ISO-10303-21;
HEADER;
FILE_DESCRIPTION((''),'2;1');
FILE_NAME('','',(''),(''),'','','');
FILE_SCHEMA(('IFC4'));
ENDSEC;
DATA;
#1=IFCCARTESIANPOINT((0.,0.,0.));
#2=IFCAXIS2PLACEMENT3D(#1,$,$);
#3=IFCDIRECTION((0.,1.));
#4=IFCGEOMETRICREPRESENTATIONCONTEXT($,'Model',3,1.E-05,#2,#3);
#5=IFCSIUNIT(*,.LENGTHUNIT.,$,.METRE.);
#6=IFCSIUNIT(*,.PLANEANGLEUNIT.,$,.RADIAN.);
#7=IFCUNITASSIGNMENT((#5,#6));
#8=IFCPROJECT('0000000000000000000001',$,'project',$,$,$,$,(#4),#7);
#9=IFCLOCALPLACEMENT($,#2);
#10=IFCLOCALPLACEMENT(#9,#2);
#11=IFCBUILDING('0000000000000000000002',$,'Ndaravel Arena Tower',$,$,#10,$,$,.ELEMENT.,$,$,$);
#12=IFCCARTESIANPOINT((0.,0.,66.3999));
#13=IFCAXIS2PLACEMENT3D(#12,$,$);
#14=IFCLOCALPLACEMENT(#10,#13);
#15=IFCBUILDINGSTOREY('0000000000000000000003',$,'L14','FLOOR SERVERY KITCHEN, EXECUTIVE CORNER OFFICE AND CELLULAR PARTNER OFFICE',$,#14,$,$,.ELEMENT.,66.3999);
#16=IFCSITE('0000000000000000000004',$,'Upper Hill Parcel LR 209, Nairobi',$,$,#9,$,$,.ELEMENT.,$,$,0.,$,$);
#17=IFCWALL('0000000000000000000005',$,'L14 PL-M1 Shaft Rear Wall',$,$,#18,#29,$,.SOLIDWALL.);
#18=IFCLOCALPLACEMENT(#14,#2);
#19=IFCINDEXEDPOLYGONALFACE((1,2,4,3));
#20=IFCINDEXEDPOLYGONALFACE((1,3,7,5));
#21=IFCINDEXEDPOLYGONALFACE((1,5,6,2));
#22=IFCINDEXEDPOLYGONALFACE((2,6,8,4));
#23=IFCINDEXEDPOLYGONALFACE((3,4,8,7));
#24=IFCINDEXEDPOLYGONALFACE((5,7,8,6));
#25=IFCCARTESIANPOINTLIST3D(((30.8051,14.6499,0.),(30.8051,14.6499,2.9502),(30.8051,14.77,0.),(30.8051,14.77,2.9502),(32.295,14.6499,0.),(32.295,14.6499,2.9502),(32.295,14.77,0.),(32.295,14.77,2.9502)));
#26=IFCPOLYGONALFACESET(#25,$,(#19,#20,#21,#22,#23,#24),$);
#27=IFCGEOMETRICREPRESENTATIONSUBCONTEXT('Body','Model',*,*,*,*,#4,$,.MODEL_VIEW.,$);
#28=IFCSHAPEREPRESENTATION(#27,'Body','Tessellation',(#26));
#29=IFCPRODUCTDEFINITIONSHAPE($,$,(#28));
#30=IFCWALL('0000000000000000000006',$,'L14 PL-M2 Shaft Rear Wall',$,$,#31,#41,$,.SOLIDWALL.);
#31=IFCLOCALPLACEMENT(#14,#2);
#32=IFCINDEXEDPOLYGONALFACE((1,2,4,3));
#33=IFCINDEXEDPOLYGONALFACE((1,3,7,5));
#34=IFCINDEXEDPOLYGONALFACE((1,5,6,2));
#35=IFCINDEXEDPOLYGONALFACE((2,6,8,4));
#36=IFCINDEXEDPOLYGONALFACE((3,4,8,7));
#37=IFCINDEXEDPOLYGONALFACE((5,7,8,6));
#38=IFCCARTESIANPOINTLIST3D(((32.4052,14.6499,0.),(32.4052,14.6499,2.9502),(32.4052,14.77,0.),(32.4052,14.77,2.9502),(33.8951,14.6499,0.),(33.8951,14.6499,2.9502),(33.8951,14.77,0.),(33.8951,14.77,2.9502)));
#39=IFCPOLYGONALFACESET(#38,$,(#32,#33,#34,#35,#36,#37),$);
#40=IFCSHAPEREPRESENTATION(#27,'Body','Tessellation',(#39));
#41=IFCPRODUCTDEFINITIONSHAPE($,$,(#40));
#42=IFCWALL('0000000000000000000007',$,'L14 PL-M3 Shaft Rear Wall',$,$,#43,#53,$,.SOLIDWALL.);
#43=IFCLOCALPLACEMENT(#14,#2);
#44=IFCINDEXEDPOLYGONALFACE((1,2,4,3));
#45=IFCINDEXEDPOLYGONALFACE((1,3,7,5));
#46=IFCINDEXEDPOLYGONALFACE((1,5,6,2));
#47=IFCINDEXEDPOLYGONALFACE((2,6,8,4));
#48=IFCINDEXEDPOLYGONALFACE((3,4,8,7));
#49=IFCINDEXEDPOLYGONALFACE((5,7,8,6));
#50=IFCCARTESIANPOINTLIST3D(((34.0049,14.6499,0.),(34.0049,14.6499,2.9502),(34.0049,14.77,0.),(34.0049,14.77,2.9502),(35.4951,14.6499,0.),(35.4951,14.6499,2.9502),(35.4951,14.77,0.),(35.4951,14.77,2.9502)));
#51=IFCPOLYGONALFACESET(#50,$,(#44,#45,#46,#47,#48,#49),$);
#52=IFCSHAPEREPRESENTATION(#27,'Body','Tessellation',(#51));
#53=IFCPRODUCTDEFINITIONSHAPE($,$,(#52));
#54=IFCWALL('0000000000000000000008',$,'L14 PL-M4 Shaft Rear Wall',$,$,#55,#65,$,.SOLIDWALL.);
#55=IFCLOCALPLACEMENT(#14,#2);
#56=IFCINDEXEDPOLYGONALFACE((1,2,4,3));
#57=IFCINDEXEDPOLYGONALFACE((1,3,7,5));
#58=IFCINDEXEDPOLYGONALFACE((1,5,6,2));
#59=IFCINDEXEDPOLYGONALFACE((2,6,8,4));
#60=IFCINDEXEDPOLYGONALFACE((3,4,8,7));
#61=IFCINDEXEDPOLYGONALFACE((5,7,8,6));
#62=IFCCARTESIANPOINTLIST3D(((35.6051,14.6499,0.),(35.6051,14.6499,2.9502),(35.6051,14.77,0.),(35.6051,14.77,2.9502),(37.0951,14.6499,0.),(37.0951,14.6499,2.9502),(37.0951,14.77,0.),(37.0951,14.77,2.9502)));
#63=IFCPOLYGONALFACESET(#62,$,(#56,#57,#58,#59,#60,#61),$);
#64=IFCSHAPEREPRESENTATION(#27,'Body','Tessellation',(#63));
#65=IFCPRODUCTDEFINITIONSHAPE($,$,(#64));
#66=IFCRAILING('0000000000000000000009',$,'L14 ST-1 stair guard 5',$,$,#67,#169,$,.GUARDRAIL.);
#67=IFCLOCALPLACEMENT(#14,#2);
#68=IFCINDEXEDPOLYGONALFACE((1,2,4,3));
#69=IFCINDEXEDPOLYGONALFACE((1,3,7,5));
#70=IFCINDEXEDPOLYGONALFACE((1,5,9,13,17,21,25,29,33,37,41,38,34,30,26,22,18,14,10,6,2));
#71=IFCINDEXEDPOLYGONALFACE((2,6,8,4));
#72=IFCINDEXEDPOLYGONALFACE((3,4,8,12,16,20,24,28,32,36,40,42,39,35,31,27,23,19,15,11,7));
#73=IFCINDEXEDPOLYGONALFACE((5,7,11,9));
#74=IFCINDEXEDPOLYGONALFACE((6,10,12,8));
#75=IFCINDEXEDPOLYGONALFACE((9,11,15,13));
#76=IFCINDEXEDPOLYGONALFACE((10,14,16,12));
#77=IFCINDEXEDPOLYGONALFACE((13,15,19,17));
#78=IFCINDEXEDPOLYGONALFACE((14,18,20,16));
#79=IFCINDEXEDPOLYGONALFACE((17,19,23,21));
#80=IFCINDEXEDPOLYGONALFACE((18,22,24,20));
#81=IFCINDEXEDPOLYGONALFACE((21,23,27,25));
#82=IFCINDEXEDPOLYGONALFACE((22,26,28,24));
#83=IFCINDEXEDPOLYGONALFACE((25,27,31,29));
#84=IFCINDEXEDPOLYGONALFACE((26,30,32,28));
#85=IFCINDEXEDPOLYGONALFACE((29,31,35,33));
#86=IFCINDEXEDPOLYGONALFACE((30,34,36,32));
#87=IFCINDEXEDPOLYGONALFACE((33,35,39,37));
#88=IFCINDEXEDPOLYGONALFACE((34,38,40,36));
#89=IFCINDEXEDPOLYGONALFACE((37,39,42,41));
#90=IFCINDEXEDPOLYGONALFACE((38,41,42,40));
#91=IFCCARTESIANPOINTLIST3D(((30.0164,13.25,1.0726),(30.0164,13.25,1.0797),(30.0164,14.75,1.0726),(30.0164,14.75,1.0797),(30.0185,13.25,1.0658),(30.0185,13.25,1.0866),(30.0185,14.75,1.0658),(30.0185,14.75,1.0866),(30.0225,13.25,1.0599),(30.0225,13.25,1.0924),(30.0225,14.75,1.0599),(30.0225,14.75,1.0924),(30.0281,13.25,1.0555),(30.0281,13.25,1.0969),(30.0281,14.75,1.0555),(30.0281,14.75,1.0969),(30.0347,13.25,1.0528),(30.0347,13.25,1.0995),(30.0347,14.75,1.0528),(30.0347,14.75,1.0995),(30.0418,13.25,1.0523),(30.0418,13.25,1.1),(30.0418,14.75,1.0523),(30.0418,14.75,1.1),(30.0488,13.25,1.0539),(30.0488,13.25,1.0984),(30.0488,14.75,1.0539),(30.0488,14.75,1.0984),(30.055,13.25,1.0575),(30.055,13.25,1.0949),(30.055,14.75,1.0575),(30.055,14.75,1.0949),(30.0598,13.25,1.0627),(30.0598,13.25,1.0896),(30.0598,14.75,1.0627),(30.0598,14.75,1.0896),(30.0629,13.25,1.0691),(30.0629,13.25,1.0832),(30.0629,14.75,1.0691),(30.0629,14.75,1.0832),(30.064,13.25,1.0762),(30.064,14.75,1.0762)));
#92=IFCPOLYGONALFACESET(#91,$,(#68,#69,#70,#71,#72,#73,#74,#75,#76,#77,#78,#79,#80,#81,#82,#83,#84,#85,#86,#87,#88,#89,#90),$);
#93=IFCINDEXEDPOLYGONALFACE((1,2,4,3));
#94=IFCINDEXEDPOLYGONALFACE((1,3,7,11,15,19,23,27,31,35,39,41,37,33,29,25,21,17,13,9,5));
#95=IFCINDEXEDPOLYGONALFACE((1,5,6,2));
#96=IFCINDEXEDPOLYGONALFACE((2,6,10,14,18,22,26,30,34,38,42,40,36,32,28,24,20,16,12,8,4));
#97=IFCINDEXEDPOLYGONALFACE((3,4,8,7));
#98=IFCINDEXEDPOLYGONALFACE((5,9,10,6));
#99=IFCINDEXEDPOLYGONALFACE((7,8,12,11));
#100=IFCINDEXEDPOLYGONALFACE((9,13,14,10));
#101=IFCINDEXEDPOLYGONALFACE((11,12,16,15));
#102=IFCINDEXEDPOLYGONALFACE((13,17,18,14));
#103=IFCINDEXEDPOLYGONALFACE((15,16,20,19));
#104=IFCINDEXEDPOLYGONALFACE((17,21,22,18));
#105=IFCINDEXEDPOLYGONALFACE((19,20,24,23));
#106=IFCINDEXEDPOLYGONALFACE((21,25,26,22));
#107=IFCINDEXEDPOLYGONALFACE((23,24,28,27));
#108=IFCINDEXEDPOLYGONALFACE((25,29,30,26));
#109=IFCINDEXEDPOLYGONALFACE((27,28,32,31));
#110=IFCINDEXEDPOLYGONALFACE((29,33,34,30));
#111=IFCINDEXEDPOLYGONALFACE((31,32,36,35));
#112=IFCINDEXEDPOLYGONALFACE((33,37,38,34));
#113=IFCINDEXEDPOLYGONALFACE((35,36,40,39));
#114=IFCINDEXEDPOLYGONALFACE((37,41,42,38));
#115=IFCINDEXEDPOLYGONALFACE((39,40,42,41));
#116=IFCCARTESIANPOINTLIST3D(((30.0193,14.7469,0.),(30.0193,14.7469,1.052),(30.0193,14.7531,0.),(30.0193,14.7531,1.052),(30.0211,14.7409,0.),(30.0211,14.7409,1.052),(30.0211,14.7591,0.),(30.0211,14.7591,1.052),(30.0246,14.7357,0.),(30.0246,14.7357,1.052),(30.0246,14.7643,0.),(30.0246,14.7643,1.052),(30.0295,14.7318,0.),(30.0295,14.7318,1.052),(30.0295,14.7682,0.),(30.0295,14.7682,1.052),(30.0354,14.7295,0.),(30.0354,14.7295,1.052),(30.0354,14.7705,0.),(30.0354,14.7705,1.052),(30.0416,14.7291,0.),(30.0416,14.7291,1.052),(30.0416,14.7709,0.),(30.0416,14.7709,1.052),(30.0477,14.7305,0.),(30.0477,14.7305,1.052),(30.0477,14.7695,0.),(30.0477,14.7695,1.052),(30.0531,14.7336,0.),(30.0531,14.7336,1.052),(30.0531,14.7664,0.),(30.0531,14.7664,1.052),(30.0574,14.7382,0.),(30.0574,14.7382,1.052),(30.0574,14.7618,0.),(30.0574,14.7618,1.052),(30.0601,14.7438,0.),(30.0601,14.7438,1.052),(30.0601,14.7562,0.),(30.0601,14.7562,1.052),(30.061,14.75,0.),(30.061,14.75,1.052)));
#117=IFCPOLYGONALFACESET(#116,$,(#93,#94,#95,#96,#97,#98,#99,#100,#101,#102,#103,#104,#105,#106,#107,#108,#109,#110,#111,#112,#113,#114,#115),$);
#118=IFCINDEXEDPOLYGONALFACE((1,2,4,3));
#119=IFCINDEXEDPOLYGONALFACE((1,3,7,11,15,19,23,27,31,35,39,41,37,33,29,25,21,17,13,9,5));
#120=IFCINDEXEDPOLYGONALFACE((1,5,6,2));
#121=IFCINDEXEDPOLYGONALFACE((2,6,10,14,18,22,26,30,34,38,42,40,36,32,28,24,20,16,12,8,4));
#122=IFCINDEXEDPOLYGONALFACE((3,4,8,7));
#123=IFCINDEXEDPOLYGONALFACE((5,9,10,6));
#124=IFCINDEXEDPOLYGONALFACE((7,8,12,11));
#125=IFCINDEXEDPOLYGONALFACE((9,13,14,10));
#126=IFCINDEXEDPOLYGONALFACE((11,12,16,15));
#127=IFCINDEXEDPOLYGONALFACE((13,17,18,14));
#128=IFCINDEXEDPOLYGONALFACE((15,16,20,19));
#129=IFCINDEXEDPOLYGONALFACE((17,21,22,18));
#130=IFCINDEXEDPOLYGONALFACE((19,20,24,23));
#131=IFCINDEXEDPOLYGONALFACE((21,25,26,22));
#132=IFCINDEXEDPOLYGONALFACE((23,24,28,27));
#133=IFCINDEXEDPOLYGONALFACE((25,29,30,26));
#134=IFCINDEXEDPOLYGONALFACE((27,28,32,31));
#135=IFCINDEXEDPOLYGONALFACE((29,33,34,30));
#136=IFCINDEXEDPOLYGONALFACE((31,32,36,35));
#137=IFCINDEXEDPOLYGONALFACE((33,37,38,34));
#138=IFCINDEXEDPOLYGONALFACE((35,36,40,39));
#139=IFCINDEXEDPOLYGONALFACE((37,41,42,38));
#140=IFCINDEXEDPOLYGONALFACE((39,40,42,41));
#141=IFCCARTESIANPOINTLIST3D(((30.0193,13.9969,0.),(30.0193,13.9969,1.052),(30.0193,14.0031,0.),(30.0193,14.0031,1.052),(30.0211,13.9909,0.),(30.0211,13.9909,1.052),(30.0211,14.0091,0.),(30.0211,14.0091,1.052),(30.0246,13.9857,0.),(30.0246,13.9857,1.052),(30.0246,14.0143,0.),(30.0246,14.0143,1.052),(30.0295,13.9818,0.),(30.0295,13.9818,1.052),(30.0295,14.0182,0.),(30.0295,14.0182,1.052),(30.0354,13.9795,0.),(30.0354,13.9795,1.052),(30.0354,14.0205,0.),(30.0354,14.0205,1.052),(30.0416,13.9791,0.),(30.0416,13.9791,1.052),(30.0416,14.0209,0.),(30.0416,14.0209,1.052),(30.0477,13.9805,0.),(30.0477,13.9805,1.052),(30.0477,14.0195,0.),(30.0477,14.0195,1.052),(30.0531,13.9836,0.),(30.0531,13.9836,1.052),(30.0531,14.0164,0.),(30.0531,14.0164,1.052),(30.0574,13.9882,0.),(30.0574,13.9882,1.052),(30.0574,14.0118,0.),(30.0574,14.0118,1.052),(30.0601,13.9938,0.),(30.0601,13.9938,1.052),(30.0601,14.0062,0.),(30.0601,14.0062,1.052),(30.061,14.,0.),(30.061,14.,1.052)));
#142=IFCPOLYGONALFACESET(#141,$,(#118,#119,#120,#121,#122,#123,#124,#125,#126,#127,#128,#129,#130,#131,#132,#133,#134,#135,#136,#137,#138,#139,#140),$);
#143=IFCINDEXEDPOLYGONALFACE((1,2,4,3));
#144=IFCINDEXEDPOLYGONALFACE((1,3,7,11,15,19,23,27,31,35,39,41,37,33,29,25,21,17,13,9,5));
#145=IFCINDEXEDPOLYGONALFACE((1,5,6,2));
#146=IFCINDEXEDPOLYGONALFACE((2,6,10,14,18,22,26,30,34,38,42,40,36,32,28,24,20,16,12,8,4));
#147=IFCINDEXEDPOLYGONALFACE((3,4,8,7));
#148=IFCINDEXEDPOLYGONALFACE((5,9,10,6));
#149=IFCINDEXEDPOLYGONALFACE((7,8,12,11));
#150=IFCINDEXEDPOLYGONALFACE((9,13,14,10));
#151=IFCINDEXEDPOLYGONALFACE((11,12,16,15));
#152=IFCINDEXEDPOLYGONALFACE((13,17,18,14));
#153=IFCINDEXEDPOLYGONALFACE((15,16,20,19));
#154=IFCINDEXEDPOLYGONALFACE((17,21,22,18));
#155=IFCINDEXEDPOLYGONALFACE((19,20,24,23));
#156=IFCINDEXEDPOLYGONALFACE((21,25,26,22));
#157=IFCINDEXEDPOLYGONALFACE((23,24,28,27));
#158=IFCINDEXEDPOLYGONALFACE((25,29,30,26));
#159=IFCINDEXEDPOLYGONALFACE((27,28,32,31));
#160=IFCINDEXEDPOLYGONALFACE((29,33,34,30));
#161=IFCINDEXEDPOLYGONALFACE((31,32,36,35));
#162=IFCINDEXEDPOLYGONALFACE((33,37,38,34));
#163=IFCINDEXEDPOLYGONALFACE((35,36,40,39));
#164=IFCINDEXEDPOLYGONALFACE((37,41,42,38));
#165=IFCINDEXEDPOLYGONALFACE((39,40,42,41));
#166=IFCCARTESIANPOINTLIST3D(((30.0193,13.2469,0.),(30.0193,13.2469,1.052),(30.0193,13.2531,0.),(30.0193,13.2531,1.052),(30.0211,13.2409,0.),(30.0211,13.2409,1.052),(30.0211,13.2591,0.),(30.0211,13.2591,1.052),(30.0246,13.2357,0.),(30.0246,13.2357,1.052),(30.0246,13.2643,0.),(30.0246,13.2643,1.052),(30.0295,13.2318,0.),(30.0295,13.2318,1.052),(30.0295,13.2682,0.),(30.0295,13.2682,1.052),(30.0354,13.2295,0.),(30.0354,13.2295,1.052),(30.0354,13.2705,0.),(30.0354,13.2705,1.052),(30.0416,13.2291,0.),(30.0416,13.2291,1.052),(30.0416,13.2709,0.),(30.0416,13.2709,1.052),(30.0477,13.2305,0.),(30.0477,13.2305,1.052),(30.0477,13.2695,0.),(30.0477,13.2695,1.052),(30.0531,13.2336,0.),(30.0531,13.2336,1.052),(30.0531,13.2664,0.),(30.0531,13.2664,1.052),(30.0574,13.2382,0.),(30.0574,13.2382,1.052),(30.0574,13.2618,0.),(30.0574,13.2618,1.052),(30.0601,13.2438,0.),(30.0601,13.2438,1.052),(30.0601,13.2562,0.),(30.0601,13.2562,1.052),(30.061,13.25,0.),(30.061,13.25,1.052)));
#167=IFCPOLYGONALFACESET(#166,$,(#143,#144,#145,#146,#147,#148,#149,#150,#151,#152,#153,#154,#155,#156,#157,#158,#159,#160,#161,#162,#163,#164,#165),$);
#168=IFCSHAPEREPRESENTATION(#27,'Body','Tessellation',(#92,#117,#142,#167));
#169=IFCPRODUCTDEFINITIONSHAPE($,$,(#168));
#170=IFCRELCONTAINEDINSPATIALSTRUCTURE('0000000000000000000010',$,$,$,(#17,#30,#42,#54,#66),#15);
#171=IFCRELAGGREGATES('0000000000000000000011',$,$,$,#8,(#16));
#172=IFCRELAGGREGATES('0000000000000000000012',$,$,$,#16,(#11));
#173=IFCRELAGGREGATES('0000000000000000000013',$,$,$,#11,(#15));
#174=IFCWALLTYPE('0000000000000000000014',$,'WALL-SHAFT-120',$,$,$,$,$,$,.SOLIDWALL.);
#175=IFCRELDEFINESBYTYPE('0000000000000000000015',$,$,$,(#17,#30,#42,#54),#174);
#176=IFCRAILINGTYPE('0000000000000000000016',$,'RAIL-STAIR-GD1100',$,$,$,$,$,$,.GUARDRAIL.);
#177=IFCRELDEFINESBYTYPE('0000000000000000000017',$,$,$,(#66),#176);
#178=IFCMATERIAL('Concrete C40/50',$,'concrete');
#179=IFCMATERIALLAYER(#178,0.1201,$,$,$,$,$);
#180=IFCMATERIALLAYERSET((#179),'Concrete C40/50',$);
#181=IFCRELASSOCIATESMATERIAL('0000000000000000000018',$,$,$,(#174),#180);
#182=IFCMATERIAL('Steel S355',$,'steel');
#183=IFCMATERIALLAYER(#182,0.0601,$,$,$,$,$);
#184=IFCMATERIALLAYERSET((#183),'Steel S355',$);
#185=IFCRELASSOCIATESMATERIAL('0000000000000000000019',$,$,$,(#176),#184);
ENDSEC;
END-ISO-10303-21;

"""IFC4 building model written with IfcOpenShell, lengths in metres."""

from ifc_helpers import new_model, si_unit, direction, frame, frame_2d, origin, origin_2d, place, context, subcontext, project, spatial, rectangle, circle, extrude, material, layer, layer_set, type_object, element, save


model = new_model("IFC4")

# Units and contexts
model_context = context("Model", 3, precision=1e-05, world=origin(), true_north=direction((0.0, 1.0)))
body_context = subcontext(model_context, "Body", "Model", "MODEL_VIEW")
ifc_project = project(units=[si_unit("LENGTHUNIT", "METRE"), si_unit("PLANEANGLEUNIT", "RADIAN")], contexts=[model_context])

# Site, building, storey
site_placement = place(None, origin())
site = spatial("IfcSite", under=ifc_project, at=site_placement, Name="Upper Hill Parcel LR 209, Nairobi", CompositionType="ELEMENT", RefElevation=0.0)
building_placement = place(site_placement, origin())
building = spatial("IfcBuilding", under=site, at=building_placement, Name="Ndaravel Arena Tower", CompositionType="ELEMENT")
storey_placement = place(building_placement, frame((0.0, 0.0, 66.3999)))
storey = spatial("IfcBuildingStorey", under=building, at=storey_placement, Name="L14", Description="FLOOR SERVERY KITCHEN, EXECUTIVE CORNER OFFICE AND CELLULAR PARTNER OFFICE", CompositionType="ELEMENT", Elevation=66.3999)

# Walls
ifc_material_1 = material(Name="Concrete C40/50", Category="concrete")
ifc_layer_1 = layer(ifc_material_1, 0.1201)
ifc_layer_set_1 = layer_set([ifc_layer_1], Name="Concrete C40/50")
wall_type_1 = type_object("IfcWallType", Name="WALL-SHAFT-120", PredefinedType="SOLIDWALL", material=ifc_layer_set_1)
for number, where, z_axis, x_axis, name in (
    (1, (30.8049, 14.71, 0.0), (0.0, 0.0, 1.0), (1.0, 0.0, 0.0), "L14 PL-M1 Shaft Rear Wall"),
    (2, (32.405, 14.71, 0.0), (0.0, 0.0, 1.0), (1.0, 0.0, 0.0), "L14 PL-M2 Shaft Rear Wall"),
):
    element("IfcWall", number, at=place(storey_placement, frame(where, z_axis=z_axis, x_axis=x_axis)), inside=storey, type_object=wall_type_1, Name=name, PredefinedType="SOLIDWALL", context=body_context, shape_type="SweptSolid", body=[
        extrude(rectangle(XDim=1.49, YDim=0.1201, at=frame_2d((0.7451, 0.0))), origin(), (0.0, 0.0, 1.0), 2.9502),
    ])
wall_1_placement = place(storey_placement, frame((34.0049, 14.71, 0.0), z_axis=(0.0, 0.0, 1.0), x_axis=(1.0, 0.0, 0.0)))
element("IfcWall", 3, at=wall_1_placement, inside=storey, type_object=wall_type_1, Name="L14 PL-M3 Shaft Rear Wall", PredefinedType="SOLIDWALL", context=body_context, shape_type="SweptSolid", body=[
    extrude(rectangle(XDim=1.4902, YDim=0.1201, at=frame_2d((0.7451, 0.0))), origin(), (0.0, 0.0, 1.0), 2.9502),
])
wall_2_placement = place(storey_placement, frame((35.605, 14.71, 0.0), z_axis=(0.0, 0.0, 1.0), x_axis=(1.0, 0.0, 0.0)))
element("IfcWall", 4, at=wall_2_placement, inside=storey, type_object=wall_type_1, Name="L14 PL-M4 Shaft Rear Wall", PredefinedType="SOLIDWALL", context=body_context, shape_type="SweptSolid", body=[
    extrude(rectangle(XDim=1.49, YDim=0.1201, at=frame_2d((0.7451, 0.0))), origin(), (0.0, 0.0, 1.0), 2.9502),
])

# Railing
ifc_material_2 = material(Name="Steel S355", Category="steel")
ifc_layer_2 = layer(ifc_material_2, 0.0601)
ifc_layer_set_2 = layer_set([ifc_layer_2], Name="Steel S355")
railing_type = type_object("IfcRailingType", Name="RAIL-STAIR-GD1100", PredefinedType="GUARDRAIL", material=ifc_layer_set_2)
railing_placement = place(storey_placement, frame((30.04, 14.75, 0.0)))
element("IfcRailing", 5, at=railing_placement, inside=storey, type_object=railing_type, Name="L14 ST-1 stair guard 5", PredefinedType="GUARDRAIL", context=body_context, shape_type="SweptSolid", body=[
    extrude(circle(Radius=0.0239, at=origin_2d()), frame((0.0, 0.0, 1.0762), z_axis=(0.0, -1.0, 0.0), x_axis=(1.0, 0.0, 0.0)), (0.0, 0.0, 1.0), 1.5),
    extrude(circle(Radius=0.021, at=origin_2d()), origin(), (0.0, 0.0, 1.0), 1.052),
    extrude(circle(Radius=0.021, at=origin_2d()), frame((0.0, -0.75, 0.0)), (0.0, 0.0, 1.0), 1.052),
    extrude(circle(Radius=0.021, at=origin_2d()), frame((0.0, -1.5, 0.0)), (0.0, 0.0, 1.0), 1.052),
])

save(model, "model.ifc")
